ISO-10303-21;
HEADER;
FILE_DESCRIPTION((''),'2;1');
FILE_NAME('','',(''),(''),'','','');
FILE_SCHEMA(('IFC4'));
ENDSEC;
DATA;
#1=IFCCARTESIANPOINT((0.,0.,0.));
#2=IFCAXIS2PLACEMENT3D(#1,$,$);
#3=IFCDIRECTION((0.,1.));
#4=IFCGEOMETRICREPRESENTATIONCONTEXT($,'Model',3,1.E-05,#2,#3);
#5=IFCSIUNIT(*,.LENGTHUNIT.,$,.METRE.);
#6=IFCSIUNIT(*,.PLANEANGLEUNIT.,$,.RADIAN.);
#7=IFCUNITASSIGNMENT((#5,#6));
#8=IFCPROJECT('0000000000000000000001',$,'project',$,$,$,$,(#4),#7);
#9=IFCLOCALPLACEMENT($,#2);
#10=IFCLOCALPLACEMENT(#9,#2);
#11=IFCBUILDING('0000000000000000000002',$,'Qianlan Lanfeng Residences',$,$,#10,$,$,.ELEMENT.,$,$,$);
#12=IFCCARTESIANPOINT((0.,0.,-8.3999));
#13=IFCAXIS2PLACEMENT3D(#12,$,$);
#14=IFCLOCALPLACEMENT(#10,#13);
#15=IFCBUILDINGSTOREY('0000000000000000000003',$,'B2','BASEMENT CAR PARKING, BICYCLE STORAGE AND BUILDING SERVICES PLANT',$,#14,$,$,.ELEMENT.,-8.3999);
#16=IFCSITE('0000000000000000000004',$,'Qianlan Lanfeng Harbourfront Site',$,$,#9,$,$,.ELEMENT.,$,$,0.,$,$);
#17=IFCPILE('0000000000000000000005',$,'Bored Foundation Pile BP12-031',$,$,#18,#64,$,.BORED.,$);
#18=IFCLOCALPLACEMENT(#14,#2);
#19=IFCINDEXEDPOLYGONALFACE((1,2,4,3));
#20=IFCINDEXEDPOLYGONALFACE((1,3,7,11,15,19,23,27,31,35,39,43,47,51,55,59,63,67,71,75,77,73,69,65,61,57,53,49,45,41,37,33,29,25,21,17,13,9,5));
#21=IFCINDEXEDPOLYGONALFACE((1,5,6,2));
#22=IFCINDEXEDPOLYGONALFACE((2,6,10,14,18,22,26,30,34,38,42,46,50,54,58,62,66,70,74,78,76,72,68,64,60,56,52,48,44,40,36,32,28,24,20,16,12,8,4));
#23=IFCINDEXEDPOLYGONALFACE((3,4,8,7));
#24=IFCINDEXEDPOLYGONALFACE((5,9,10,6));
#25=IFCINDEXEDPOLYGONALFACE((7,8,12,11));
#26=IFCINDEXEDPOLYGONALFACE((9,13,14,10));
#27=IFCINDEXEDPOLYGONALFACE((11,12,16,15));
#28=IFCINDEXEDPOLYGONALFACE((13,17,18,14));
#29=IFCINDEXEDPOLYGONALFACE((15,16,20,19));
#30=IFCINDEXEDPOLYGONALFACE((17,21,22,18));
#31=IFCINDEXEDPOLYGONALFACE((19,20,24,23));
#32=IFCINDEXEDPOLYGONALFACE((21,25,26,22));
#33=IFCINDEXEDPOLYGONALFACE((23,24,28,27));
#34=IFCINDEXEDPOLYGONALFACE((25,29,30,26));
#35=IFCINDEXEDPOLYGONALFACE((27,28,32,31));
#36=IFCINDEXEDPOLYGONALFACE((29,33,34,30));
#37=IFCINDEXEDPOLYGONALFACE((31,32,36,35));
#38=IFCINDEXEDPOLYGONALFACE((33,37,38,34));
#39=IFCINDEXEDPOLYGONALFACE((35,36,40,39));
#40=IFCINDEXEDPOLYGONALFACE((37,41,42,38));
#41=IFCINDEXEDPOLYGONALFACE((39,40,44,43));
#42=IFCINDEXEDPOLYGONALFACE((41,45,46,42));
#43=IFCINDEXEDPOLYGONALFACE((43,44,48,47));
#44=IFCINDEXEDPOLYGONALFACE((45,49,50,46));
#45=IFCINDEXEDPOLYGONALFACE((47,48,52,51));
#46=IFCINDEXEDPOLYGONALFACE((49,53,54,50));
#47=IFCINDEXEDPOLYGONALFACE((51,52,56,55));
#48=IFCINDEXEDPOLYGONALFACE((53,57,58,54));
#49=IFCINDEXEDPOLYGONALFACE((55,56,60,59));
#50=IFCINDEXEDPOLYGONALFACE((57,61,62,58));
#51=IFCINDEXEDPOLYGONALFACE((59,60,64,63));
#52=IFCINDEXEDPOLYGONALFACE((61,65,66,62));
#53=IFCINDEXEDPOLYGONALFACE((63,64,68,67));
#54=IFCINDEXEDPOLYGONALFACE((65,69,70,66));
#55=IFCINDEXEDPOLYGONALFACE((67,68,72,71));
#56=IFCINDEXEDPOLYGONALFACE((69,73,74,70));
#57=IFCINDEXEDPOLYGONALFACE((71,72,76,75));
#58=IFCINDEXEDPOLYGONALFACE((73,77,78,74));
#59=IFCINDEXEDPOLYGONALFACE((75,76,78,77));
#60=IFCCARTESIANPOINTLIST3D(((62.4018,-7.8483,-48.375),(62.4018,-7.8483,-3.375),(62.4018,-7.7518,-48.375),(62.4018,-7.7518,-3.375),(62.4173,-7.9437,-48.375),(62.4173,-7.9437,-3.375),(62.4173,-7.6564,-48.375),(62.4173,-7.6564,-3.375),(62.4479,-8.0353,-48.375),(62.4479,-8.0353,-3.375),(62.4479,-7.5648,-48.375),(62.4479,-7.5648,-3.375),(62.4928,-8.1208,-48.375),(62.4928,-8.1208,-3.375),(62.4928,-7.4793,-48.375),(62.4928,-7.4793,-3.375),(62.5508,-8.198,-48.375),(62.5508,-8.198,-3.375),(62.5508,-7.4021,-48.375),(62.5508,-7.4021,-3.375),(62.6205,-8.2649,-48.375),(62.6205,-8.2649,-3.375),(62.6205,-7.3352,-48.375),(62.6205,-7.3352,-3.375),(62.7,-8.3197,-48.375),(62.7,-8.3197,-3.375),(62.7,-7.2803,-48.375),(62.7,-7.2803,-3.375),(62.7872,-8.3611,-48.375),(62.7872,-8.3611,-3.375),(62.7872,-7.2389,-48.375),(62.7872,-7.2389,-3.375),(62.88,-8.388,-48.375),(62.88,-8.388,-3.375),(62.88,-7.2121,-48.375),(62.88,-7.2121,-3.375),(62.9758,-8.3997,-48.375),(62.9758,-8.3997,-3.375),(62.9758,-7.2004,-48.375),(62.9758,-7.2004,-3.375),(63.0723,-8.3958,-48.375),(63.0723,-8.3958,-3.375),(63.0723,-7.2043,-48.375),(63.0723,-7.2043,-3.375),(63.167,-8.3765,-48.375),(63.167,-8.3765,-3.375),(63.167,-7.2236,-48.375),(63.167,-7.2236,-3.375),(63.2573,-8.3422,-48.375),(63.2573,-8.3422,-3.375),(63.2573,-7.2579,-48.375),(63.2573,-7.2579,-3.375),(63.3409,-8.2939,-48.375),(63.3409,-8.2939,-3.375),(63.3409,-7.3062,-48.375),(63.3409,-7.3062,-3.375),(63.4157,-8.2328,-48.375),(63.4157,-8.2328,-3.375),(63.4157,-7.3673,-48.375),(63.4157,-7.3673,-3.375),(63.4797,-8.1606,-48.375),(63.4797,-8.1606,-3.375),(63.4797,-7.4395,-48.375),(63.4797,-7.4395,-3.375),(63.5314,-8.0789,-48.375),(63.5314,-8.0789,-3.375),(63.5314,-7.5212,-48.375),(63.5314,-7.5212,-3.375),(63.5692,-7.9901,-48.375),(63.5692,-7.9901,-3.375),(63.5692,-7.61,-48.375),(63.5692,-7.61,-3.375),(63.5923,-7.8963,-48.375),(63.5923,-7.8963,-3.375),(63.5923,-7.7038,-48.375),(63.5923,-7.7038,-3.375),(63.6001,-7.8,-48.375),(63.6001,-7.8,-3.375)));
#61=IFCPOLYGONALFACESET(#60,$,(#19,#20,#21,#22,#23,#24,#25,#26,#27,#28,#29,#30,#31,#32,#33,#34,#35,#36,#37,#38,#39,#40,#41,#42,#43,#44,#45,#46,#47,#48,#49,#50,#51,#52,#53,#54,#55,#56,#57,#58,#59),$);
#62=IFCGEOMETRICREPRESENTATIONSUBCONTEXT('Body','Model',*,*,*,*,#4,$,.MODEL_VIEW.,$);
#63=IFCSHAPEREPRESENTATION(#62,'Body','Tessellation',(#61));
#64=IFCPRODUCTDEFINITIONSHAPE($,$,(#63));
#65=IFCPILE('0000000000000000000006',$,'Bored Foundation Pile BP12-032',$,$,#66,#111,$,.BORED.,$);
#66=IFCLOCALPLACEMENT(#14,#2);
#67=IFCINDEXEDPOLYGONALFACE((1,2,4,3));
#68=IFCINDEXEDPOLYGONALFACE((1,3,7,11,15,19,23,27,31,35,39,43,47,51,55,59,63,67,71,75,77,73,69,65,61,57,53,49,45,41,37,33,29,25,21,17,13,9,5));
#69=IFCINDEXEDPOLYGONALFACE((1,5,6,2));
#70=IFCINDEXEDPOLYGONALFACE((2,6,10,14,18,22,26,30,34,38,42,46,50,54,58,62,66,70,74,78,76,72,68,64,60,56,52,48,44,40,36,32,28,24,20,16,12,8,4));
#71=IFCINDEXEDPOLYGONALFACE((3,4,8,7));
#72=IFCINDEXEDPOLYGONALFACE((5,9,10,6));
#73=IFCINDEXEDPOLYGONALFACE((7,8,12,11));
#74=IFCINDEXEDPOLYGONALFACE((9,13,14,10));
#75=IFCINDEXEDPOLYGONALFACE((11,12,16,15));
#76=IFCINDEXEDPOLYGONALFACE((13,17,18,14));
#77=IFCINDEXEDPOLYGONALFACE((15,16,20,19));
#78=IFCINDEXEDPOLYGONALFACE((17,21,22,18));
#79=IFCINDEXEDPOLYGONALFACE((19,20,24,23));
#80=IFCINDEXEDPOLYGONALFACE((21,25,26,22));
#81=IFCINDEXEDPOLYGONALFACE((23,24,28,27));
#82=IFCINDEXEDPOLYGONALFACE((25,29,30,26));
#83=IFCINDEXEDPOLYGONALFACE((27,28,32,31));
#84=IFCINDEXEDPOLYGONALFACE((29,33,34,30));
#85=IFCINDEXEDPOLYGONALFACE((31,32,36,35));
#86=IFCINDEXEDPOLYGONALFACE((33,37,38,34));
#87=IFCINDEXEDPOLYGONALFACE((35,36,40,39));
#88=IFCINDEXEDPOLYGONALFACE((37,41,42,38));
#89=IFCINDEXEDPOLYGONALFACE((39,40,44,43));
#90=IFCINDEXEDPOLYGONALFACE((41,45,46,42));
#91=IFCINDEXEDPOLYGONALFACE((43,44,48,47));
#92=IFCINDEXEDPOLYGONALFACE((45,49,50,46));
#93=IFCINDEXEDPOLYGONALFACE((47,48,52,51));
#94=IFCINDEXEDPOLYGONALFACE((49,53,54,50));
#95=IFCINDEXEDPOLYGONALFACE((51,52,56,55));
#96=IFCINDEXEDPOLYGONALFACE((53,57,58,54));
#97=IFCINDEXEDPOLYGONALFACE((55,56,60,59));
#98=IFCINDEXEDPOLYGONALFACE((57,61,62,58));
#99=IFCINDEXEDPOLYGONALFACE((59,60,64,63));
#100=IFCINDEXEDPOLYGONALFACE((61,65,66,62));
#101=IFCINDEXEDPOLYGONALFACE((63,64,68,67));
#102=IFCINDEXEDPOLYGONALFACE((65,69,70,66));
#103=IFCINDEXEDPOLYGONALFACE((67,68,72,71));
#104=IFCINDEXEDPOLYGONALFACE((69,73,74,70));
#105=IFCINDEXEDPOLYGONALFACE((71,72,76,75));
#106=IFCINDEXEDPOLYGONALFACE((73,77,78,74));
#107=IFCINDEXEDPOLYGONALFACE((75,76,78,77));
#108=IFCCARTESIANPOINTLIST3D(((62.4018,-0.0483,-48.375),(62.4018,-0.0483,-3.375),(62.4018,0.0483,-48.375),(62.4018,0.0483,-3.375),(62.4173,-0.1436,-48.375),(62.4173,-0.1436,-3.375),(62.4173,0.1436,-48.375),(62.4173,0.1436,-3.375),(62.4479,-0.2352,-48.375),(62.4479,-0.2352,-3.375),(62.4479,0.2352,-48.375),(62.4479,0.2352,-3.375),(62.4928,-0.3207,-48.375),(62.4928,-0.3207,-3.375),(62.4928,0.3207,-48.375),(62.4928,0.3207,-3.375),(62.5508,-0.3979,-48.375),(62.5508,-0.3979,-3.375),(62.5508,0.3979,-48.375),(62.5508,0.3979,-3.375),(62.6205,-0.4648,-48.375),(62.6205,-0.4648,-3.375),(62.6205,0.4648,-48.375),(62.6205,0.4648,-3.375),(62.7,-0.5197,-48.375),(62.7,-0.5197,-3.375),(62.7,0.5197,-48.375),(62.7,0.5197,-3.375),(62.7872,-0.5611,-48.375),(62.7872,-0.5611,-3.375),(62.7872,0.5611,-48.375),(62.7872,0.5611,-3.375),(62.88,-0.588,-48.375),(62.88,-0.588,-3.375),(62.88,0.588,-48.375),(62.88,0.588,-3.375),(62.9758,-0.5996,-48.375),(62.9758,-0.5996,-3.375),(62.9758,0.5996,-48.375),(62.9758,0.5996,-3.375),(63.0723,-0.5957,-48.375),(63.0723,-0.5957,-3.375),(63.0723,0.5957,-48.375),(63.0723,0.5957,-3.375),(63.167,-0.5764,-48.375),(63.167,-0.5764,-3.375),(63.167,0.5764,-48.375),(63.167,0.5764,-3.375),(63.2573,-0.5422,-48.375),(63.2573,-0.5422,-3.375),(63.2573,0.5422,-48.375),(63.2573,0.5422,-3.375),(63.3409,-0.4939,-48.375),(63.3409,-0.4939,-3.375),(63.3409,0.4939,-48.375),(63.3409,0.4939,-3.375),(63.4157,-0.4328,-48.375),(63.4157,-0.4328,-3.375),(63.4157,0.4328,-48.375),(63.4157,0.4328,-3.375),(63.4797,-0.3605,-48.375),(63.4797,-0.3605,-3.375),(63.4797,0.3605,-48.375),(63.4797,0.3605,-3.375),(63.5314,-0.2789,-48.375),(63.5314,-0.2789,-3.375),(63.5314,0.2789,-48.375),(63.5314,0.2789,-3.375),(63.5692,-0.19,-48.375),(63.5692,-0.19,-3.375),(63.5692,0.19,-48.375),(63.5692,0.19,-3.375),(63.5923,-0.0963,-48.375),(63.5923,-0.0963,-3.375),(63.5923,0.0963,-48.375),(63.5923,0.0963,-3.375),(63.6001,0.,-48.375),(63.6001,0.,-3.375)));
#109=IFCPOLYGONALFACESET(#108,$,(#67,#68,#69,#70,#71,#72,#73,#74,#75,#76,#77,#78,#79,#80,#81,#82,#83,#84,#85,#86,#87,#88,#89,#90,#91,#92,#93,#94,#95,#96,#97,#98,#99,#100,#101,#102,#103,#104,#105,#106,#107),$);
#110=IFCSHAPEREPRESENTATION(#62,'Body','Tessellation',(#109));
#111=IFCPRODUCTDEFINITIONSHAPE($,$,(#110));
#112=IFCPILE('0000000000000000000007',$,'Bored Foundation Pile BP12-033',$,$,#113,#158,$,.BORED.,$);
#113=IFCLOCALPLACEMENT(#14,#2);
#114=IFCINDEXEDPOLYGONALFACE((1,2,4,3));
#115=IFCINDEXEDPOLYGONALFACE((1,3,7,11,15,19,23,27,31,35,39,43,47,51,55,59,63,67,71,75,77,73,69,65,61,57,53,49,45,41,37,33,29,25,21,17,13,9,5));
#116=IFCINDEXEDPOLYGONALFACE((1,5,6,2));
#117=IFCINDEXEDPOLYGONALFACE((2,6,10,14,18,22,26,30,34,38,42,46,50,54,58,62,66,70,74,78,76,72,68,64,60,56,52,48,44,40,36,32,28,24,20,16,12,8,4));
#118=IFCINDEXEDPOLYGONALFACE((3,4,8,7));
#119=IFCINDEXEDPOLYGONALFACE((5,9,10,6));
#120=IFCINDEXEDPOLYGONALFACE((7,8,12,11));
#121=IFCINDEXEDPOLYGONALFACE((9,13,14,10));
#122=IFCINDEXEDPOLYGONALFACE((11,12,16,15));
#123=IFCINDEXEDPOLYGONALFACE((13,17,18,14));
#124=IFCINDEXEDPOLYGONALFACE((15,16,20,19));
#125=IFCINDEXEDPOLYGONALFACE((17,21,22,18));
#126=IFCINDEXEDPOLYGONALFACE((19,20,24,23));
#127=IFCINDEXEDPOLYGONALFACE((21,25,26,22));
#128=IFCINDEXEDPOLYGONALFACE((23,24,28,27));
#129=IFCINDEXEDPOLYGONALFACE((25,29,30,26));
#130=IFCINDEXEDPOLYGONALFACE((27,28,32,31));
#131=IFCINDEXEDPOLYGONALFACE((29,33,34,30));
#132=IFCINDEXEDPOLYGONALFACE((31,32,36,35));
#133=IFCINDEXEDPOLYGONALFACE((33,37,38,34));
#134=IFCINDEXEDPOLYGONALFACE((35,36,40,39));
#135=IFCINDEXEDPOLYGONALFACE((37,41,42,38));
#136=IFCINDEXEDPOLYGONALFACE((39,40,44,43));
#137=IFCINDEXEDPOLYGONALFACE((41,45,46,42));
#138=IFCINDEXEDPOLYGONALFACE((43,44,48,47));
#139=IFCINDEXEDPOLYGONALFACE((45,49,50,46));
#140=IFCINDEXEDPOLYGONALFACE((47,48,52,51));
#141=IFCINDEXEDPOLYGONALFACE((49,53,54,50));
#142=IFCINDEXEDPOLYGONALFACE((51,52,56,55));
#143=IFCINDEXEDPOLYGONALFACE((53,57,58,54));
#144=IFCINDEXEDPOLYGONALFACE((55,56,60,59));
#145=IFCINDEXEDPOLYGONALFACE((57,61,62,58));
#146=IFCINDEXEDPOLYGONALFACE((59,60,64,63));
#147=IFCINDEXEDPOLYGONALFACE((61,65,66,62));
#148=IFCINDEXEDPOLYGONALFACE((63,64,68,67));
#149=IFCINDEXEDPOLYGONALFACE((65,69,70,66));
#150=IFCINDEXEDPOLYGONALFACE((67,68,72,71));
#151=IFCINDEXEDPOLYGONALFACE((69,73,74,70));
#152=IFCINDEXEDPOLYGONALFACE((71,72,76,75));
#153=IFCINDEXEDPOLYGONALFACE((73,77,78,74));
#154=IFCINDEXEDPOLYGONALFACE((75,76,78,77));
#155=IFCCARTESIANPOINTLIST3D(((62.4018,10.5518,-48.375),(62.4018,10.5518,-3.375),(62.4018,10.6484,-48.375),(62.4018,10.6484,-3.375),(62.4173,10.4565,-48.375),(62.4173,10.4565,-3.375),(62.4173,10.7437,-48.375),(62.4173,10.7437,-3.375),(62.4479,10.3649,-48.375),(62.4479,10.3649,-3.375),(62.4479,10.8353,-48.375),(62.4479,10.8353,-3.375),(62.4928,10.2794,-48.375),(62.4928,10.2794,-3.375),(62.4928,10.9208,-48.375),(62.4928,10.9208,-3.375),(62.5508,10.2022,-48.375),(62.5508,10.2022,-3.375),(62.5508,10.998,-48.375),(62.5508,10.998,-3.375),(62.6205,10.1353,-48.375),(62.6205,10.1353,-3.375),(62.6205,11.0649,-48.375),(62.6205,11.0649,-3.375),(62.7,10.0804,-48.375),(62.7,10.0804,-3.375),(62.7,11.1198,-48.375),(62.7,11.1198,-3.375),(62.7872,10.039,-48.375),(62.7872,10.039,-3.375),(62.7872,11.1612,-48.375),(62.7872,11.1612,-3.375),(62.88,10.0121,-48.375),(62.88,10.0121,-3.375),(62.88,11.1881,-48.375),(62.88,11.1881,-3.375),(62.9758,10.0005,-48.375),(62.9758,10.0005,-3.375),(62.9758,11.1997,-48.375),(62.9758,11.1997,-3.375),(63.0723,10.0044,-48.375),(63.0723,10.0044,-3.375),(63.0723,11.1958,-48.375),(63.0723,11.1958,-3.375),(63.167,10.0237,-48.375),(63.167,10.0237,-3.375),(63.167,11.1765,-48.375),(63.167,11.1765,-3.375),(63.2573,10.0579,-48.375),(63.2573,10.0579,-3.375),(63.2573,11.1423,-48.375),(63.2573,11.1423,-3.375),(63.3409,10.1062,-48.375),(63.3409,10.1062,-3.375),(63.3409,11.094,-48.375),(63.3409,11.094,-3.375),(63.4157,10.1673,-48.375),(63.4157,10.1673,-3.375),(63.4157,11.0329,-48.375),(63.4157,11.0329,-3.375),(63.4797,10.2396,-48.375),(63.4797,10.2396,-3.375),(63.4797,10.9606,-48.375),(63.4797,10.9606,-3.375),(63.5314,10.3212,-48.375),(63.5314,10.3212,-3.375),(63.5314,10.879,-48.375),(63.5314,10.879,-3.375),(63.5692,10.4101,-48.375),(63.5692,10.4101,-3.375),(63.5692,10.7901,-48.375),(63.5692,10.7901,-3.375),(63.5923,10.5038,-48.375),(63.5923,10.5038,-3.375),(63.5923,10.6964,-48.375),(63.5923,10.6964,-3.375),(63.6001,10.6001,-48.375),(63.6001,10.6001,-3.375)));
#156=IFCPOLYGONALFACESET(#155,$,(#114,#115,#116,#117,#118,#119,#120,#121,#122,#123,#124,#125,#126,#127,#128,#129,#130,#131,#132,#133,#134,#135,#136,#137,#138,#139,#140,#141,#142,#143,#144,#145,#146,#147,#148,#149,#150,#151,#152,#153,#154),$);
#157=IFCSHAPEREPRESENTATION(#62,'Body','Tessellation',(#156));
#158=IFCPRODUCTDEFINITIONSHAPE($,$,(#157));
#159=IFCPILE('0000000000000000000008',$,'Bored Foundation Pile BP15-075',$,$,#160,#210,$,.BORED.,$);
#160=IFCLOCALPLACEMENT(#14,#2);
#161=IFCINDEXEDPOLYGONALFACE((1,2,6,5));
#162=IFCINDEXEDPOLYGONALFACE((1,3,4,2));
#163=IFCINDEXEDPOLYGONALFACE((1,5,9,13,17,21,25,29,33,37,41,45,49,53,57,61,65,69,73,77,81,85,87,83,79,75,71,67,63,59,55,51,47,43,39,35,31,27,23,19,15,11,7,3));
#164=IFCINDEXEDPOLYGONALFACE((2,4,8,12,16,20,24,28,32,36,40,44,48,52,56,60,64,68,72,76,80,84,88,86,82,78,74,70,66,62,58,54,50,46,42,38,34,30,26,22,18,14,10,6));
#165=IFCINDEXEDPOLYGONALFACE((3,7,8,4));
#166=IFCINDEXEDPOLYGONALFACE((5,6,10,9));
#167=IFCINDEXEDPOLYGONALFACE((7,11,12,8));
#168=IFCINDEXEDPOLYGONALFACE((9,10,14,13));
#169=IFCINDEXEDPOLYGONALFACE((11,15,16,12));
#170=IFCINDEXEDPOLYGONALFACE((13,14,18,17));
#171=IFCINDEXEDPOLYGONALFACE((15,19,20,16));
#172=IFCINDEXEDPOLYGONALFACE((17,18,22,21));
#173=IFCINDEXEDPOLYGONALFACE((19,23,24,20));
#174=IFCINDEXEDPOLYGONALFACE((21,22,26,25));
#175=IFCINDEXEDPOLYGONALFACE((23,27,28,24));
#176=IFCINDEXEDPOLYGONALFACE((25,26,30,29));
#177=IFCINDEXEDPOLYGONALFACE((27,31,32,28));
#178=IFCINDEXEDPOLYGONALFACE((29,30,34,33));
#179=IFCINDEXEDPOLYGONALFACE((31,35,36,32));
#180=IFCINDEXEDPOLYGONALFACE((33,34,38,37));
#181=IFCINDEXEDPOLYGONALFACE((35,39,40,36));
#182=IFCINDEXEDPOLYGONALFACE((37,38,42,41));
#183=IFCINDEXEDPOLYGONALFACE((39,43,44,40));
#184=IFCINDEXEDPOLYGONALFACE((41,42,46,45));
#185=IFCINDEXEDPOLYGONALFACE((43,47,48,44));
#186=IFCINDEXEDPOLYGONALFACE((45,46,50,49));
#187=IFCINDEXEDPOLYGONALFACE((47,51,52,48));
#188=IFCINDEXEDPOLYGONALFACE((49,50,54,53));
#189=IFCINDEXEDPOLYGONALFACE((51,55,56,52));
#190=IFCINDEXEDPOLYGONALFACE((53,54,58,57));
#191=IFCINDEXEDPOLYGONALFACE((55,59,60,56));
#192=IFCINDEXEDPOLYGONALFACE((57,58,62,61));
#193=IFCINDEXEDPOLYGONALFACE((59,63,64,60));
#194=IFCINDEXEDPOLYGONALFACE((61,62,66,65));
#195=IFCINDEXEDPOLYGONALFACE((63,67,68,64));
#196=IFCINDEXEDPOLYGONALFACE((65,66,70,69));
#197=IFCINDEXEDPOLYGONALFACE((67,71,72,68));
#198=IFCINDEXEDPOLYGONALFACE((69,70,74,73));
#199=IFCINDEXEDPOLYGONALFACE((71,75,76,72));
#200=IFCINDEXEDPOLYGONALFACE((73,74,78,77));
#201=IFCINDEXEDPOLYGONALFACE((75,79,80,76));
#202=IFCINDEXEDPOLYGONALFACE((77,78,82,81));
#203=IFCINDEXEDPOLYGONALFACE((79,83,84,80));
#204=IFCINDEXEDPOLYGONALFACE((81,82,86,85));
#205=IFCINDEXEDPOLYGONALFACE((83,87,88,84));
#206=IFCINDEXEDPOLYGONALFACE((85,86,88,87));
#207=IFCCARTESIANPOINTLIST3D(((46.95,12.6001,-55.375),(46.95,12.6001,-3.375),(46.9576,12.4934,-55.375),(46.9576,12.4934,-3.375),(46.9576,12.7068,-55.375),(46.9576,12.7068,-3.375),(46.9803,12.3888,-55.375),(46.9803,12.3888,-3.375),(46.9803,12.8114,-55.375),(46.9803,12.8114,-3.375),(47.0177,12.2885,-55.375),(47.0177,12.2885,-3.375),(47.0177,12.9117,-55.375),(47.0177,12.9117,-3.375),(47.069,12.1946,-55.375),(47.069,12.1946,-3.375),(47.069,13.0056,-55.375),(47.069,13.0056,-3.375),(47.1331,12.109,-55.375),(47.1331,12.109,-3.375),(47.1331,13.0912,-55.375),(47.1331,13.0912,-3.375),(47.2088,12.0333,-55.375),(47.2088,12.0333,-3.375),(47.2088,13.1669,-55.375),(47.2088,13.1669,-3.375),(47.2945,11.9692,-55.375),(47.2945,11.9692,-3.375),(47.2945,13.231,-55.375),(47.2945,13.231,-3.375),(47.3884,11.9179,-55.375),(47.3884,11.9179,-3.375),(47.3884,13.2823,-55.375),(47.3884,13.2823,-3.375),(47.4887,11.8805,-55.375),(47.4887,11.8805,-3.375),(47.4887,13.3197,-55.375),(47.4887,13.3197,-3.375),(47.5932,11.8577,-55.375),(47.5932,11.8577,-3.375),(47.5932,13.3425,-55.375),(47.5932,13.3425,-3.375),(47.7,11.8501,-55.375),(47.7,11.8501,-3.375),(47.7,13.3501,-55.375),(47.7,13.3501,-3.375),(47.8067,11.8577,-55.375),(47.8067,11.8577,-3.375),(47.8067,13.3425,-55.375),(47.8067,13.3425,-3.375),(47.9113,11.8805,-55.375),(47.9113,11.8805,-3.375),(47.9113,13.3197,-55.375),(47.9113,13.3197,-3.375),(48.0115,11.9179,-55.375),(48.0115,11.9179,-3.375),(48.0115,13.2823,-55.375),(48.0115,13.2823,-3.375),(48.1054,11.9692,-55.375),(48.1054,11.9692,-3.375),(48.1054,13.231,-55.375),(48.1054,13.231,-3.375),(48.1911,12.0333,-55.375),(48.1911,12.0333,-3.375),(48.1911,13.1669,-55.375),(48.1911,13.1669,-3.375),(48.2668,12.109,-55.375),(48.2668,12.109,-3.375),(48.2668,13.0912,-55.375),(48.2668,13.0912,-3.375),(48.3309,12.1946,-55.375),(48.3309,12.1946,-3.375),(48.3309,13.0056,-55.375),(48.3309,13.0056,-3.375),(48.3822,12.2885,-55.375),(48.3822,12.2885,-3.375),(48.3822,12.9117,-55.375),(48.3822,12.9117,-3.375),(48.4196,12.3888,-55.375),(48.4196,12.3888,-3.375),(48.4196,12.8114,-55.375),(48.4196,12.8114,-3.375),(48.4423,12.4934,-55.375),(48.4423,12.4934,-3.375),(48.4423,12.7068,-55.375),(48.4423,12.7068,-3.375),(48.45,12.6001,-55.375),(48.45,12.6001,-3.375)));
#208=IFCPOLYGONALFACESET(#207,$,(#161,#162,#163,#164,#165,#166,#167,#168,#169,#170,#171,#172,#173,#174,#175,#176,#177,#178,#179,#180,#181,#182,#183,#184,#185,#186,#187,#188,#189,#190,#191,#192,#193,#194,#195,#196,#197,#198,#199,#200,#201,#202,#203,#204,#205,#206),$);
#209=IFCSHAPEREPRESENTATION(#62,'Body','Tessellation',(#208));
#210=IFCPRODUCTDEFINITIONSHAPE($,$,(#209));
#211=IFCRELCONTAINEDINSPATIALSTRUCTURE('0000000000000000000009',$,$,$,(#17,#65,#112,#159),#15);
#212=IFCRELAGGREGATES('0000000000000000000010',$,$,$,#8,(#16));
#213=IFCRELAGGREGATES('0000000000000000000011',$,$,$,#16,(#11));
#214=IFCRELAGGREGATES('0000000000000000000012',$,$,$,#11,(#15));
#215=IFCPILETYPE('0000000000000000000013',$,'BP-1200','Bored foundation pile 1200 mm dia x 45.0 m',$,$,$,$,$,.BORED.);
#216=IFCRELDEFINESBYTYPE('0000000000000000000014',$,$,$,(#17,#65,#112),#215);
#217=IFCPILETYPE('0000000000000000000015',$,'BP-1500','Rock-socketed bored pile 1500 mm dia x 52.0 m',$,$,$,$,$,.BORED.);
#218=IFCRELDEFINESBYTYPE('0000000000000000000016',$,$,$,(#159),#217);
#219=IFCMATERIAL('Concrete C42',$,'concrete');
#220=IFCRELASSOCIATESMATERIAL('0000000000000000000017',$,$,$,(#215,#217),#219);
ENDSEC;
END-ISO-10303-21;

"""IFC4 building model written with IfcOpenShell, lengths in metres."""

from ifc_helpers import new_model, si_unit, direction, frame, origin, origin_2d, place, context, subcontext, project, spatial, circle, extrude, material, material_profile, profile_set, type_object, element, save


model = new_model("IFC4")

# Units and contexts
model_context = context("Model", 3, precision=1e-05, world=origin(), true_north=direction((0.0, 1.0)))
body_context = subcontext(model_context, "Body", "Model", "MODEL_VIEW")
ifc_project = project(units=[si_unit("LENGTHUNIT", "METRE"), si_unit("PLANEANGLEUNIT", "RADIAN")], contexts=[model_context])

# Site, building, storey
site_placement = place(None, origin())
site = spatial("IfcSite", under=ifc_project, at=site_placement, Name="Qianlan Lanfeng Harbourfront Site", CompositionType="ELEMENT", RefElevation=0.0)
building_placement = place(site_placement, origin())
building = spatial("IfcBuilding", under=site, at=building_placement, Name="Qianlan Lanfeng Residences", CompositionType="ELEMENT")
storey_placement = place(building_placement, frame((0.0, 0.0, -8.3999)))
storey = spatial("IfcBuildingStorey", under=building, at=storey_placement, Name="B2", Description="BASEMENT CAR PARKING, BICYCLE STORAGE AND BUILDING SERVICES PLANT", CompositionType="ELEMENT", Elevation=-8.3999)

# Piles
ifc_material_1 = material(Name="Concrete C42", Category="concrete")
ifc_material_profile_1 = material_profile(ifc_material_1, circle(Radius=0.6001, at=origin_2d()), Name="PILE D1200")
ifc_profile_set_1 = profile_set([ifc_material_profile_1], Name="Concrete C42")
pile_type_1 = type_object("IfcPileType", Name="BP-1200", Description="Bored foundation pile 1200 mm dia x 45.0 m", PredefinedType="BORED", material=ifc_profile_set_1)
for number, where, z_axis, x_axis, name in (
    (1, (63.0, -7.8, -3.375), (0.0, 0.0, -1.0), (1.0, 0.0, 0.0), "Bored Foundation Pile BP12-031"),
    (2, (63.0, 0.0, -3.375), (0.0, 0.0, -1.0), (1.0, 0.0, 0.0), "Bored Foundation Pile BP12-032"),
    (3, (63.0, 10.6001, -3.375), (0.0, 0.0, -1.0), (1.0, 0.0, 0.0), "Bored Foundation Pile BP12-033"),
):
    element("IfcPile", number, at=place(storey_placement, frame(where, z_axis=z_axis, x_axis=x_axis)), inside=storey, type_object=pile_type_1, Name=name, PredefinedType="BORED", context=body_context, shape_type="SweptSolid", body=[
        extrude(circle(Radius=0.6001, at=origin_2d()), origin(), (0.0, 0.0, 1.0), 45.0),
    ])
ifc_material_profile_2 = material_profile(ifc_material_1, circle(Radius=0.75, at=origin_2d()), Name="PILE D1500")
ifc_profile_set_2 = profile_set([ifc_material_profile_2], Name="Concrete C42")
pile_type_2 = type_object("IfcPileType", Name="BP-1500", Description="Rock-socketed bored pile 1500 mm dia x 52.0 m", PredefinedType="BORED", material=ifc_profile_set_2)
for number, where, z_axis, x_axis, name in (
    (4, (47.7, 12.6001, -3.375), (0.0, 0.0, -1.0), (1.0, 0.0, 0.0), "Bored Foundation Pile BP15-075"),
):
    element("IfcPile", number, at=place(storey_placement, frame(where, z_axis=z_axis, x_axis=x_axis)), inside=storey, type_object=pile_type_2, Name=name, PredefinedType="BORED", context=body_context, shape_type="SweptSolid", body=[
        extrude(circle(Radius=0.75, at=origin_2d()), origin(), (0.0, 0.0, 1.0), 52.0),
    ])

save(model, "model.ifc")
